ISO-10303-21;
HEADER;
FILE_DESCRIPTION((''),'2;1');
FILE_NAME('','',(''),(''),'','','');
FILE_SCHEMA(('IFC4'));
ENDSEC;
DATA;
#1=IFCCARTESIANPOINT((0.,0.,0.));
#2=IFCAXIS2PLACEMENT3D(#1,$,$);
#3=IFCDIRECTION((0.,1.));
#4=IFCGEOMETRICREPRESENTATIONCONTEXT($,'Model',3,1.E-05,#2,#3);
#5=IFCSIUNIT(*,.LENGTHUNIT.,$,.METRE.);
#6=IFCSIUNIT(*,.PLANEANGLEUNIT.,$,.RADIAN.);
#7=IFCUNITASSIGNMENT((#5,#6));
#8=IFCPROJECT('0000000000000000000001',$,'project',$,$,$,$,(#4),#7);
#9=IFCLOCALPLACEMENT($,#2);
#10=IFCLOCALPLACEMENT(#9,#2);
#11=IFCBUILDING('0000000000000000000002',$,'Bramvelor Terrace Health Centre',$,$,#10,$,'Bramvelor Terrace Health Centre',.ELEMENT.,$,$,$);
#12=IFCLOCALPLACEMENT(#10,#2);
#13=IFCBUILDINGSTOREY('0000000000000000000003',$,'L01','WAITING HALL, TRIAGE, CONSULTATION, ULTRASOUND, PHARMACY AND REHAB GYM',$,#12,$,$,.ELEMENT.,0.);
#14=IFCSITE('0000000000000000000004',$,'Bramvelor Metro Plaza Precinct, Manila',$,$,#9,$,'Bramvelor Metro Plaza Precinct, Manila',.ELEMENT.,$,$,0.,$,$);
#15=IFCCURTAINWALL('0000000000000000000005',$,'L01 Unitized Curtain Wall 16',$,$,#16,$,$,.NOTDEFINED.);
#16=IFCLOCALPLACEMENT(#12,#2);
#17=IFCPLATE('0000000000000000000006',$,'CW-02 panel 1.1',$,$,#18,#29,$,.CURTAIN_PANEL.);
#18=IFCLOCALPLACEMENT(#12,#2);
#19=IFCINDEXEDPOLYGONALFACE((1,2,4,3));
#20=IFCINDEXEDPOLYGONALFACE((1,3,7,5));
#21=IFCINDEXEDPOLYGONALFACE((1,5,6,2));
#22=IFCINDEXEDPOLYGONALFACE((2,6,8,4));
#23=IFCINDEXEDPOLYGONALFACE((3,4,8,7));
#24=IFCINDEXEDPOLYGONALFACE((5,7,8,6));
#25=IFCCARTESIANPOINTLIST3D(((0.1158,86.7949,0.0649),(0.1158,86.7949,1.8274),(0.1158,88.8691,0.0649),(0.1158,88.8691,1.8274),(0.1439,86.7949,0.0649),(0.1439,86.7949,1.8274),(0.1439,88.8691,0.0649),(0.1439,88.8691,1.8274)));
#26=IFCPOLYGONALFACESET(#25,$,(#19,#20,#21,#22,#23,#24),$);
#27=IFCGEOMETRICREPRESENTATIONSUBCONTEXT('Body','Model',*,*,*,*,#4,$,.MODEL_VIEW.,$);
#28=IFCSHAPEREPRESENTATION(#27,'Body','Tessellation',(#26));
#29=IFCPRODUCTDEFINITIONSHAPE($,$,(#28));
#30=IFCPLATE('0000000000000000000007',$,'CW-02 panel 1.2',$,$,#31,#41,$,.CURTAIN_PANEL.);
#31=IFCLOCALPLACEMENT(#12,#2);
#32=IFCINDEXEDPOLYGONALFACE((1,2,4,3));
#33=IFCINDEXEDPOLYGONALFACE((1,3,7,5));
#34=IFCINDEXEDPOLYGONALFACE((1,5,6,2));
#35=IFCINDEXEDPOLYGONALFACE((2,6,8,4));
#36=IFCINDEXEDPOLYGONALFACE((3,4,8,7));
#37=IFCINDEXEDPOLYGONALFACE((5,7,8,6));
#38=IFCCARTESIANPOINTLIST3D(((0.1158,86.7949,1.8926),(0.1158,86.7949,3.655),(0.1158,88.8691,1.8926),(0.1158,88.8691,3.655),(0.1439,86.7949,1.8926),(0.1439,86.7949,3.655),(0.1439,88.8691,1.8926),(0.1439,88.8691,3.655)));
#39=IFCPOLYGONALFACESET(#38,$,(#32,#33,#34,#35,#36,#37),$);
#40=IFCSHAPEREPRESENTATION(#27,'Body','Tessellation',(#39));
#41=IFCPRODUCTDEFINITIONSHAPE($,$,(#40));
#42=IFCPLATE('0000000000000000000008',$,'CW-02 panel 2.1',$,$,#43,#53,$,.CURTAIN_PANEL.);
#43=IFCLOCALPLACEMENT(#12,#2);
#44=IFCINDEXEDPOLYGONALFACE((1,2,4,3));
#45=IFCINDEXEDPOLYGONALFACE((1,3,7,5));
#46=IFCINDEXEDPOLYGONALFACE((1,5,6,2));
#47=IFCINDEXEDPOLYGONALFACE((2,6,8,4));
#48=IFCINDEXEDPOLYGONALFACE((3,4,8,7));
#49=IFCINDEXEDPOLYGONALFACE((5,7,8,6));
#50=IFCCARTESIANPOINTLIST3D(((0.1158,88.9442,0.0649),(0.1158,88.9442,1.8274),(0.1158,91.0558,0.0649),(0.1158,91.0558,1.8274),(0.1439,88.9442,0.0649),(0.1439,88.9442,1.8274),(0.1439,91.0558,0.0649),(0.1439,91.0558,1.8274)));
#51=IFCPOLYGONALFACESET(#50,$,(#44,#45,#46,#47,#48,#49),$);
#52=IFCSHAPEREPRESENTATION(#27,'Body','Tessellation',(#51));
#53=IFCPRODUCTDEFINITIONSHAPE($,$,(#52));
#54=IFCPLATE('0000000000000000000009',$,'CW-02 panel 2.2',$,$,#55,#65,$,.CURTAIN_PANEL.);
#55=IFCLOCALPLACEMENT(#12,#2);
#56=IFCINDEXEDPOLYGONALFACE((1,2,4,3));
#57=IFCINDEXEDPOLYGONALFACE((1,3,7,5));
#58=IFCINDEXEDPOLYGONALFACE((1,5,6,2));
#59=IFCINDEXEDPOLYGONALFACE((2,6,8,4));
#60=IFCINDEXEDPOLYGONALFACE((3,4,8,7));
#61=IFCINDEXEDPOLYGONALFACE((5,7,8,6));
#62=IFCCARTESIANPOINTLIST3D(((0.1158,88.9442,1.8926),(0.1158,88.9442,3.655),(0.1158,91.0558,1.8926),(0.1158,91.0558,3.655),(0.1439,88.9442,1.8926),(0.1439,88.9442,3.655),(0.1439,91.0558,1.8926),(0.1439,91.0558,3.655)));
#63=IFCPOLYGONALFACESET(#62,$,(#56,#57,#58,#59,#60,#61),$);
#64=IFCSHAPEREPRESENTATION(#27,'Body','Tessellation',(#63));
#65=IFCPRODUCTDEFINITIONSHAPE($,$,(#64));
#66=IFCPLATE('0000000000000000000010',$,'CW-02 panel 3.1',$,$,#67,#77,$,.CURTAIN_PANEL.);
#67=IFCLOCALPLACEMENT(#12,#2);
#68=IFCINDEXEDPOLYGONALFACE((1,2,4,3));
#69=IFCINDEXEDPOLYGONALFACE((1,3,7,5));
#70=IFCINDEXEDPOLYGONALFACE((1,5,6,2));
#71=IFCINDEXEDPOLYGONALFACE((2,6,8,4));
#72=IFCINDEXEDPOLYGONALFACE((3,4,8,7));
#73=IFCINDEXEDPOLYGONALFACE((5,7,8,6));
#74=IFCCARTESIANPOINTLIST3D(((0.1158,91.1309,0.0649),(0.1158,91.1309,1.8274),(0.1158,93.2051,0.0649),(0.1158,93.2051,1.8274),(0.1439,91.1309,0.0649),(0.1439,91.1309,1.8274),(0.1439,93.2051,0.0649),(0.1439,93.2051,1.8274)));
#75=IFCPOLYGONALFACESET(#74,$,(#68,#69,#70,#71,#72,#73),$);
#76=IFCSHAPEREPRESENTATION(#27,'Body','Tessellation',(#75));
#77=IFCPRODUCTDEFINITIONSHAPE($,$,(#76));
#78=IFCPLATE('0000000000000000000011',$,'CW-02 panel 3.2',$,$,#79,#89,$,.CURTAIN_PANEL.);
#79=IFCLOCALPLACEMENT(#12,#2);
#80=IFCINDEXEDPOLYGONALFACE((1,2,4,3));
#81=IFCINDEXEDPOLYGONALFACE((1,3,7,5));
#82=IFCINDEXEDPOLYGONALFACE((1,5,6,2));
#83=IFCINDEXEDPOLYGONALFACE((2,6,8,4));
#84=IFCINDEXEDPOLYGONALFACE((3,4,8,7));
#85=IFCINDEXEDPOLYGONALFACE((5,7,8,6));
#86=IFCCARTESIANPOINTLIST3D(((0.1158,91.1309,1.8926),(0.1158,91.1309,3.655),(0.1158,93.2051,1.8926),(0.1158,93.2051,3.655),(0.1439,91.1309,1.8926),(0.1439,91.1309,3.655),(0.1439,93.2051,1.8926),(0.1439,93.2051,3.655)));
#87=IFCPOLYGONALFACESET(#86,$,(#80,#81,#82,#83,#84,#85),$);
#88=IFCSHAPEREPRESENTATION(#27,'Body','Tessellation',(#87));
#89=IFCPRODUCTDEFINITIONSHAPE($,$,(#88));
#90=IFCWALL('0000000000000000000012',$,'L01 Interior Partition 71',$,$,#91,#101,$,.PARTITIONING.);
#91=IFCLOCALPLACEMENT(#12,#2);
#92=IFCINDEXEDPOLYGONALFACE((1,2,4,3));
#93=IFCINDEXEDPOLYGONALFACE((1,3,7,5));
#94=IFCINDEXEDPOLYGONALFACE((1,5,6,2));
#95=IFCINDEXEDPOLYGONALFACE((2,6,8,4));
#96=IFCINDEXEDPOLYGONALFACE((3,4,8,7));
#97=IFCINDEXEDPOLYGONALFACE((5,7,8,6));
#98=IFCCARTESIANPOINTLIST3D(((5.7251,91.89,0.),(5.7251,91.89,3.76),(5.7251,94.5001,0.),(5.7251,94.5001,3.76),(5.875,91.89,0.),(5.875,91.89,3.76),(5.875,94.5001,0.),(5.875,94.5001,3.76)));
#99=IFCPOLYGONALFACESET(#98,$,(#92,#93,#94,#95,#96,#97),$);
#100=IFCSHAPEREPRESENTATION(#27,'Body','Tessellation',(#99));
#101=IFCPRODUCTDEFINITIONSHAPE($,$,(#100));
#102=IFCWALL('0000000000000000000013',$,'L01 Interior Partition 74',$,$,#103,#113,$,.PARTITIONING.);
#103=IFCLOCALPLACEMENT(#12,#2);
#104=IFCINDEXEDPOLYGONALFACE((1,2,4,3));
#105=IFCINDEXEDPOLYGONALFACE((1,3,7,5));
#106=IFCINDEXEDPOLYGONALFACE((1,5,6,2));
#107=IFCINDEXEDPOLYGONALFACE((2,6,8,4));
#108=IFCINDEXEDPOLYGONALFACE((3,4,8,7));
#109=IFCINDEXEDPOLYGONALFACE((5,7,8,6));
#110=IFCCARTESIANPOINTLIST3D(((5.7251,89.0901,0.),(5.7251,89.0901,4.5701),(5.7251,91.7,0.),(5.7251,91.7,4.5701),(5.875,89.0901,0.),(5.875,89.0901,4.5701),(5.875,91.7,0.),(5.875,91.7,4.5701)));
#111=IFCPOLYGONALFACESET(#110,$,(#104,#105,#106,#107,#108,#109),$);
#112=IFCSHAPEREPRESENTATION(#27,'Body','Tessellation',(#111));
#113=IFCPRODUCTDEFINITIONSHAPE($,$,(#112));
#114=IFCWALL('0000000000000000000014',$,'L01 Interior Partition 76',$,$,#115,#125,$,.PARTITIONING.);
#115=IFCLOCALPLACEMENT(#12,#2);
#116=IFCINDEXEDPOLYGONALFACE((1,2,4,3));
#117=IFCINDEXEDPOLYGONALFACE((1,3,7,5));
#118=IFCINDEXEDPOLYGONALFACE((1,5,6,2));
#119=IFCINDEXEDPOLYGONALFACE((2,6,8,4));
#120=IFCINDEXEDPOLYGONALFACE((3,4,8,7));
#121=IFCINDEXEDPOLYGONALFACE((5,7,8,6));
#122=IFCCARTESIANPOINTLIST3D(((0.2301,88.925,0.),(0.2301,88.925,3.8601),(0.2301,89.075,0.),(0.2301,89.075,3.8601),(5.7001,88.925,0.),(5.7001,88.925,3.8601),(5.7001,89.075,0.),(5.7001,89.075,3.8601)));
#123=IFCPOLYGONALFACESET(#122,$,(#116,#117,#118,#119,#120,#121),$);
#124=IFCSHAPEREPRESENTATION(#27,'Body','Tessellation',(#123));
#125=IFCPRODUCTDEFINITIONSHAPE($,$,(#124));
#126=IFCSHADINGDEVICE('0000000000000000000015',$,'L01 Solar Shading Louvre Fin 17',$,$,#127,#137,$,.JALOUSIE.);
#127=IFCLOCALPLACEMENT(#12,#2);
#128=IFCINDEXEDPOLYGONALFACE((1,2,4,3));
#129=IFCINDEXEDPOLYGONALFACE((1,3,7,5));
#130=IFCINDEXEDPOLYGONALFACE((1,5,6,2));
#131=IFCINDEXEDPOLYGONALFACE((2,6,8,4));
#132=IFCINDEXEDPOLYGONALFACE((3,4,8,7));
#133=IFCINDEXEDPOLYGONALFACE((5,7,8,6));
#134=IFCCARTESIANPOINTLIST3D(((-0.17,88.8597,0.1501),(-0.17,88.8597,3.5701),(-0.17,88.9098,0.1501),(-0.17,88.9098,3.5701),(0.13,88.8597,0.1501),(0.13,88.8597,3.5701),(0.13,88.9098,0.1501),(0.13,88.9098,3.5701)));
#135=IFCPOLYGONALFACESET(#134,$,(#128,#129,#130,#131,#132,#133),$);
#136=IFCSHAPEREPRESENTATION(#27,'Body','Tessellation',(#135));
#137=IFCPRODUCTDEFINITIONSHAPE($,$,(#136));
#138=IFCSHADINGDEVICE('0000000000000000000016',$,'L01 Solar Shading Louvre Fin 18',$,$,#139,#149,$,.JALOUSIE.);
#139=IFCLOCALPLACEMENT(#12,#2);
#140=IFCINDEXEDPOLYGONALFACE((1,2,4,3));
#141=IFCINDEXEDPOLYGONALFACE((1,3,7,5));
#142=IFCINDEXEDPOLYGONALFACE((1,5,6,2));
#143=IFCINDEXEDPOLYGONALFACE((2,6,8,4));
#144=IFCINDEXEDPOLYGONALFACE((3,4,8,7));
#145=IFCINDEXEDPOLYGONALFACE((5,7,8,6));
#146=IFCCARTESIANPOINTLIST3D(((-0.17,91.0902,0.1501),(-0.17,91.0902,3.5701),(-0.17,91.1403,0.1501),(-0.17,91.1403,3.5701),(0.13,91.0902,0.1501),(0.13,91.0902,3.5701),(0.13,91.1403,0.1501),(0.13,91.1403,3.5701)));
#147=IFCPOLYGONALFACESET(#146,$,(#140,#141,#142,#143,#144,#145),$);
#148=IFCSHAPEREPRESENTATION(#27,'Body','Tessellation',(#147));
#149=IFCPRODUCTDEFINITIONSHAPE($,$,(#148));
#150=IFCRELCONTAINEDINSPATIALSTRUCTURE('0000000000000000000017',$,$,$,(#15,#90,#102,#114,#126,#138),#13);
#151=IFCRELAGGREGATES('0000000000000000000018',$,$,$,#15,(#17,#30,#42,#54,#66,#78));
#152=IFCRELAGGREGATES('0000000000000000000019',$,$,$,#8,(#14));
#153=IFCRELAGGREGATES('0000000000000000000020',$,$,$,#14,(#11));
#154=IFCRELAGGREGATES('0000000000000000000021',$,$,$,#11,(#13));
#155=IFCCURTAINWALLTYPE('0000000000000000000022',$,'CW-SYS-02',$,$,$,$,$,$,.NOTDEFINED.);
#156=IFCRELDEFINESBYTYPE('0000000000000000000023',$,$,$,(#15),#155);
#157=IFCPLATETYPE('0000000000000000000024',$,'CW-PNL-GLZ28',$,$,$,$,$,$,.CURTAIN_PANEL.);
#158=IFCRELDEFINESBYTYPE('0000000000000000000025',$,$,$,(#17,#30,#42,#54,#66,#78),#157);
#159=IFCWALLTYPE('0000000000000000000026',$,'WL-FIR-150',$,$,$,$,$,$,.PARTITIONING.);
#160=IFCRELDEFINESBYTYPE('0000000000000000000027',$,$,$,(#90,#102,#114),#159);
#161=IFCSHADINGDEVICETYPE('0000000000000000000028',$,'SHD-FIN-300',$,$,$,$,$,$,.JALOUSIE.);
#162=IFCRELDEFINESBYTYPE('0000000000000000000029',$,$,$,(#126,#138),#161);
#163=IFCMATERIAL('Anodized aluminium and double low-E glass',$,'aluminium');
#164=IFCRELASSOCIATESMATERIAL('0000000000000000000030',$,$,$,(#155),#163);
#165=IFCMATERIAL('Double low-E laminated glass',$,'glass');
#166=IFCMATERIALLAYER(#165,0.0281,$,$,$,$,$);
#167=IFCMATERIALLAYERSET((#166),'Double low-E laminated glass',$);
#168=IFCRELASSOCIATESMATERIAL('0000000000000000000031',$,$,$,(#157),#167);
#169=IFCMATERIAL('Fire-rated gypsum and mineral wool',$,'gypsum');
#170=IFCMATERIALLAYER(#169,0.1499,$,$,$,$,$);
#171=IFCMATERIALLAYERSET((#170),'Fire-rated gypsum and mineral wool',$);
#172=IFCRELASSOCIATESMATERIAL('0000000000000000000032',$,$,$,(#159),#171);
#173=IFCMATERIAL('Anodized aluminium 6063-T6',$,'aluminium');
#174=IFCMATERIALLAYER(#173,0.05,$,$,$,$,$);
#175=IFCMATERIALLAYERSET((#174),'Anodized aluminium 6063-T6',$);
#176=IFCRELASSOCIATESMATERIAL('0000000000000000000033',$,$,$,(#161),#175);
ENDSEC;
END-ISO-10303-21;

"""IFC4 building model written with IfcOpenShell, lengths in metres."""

from ifc_helpers import new_model, si_unit, direction, frame, frame_2d, origin, origin_2d, place, context, subcontext, project, spatial, rectangle, extrude, material, layer, layer_set, type_object, element, aggregate, save


model = new_model("IFC4")

# Units and contexts
model_context = context("Model", 3, precision=1e-05, world=origin(), true_north=direction((0.0, 1.0)))
body_context = subcontext(model_context, "Body", "Model", "MODEL_VIEW")
ifc_project = project(units=[si_unit("LENGTHUNIT", "METRE"), si_unit("PLANEANGLEUNIT", "RADIAN")], contexts=[model_context])

# Site, building, storey
site_placement = place(None, origin())
site = spatial("IfcSite", under=ifc_project, at=site_placement, Name="Bramvelor Metro Plaza Precinct, Manila", LongName="Bramvelor Metro Plaza Precinct, Manila", CompositionType="ELEMENT", RefElevation=0.0)
building_placement = place(site_placement, origin())
building = spatial("IfcBuilding", under=site, at=building_placement, Name="Bramvelor Terrace Health Centre", LongName="Bramvelor Terrace Health Centre", CompositionType="ELEMENT")
storey_placement = place(building_placement, origin())
storey = spatial("IfcBuildingStorey", under=building, at=storey_placement, Name="L01", Description="WAITING HALL, TRIAGE, CONSULTATION, ULTRASOUND, PHARMACY AND REHAB GYM", CompositionType="ELEMENT", Elevation=0.0)

# Curtain wall, plates
ifc_material_1 = material(Name="Anodized aluminium and double low-E glass", Category="aluminium")
curtain_wall_type = type_object("IfcCurtainWallType", Name="CW-SYS-02", PredefinedType="NOTDEFINED", material=ifc_material_1)
curtain_wall_placement = place(storey_placement, origin())
curtain_wall = element("IfcCurtainWall", 1, at=curtain_wall_placement, inside=storey, type_object=curtain_wall_type, Name="L01 Unitized Curtain Wall 16", PredefinedType="NOTDEFINED")
ifc_material_2 = material(Name="Double low-E laminated glass", Category="glass")
ifc_layer_1 = layer(ifc_material_2, 0.0281)
ifc_layer_set_1 = layer_set([ifc_layer_1], Name="Double low-E laminated glass")
plate_type = type_object("IfcPlateType", Name="CW-PNL-GLZ28", PredefinedType="CURTAIN_PANEL", material=ifc_layer_set_1)
plate_1_placement = place(storey_placement, frame((0.1299, 87.832, 0.0649), z_axis=(0.0, 0.0, 1.0), x_axis=(0.0, 1.0, 0.0)))
plate_1 = element("IfcPlate", 2, at=plate_1_placement, type_object=plate_type, Name="CW-02 panel 1.1", PredefinedType="CURTAIN_PANEL", context=body_context, shape_type="SweptSolid", body=[
    extrude(rectangle(XDim=2.0742, YDim=0.0281, at=origin_2d()), origin(), (0.0, 0.0, 1.0), 1.7625),
])
plate_2_placement = place(storey_placement, frame((0.1299, 87.832, 1.8926), z_axis=(0.0, 0.0, 1.0), x_axis=(0.0, 1.0, 0.0)))
plate_2 = element("IfcPlate", 3, at=plate_2_placement, type_object=plate_type, Name="CW-02 panel 1.2", PredefinedType="CURTAIN_PANEL", context=body_context, shape_type="SweptSolid", body=[
    extrude(rectangle(XDim=2.0742, YDim=0.0281, at=origin_2d()), origin(), (0.0, 0.0, 1.0), 1.7625),
])
plate_3_placement = place(storey_placement, frame((0.1299, 90.0, 0.0649), z_axis=(0.0, 0.0, 1.0), x_axis=(0.0, 1.0, 0.0)))
plate_3 = element("IfcPlate", 4, at=plate_3_placement, type_object=plate_type, Name="CW-02 panel 2.1", PredefinedType="CURTAIN_PANEL", context=body_context, shape_type="SweptSolid", body=[
    extrude(rectangle(XDim=2.1116, YDim=0.0281, at=origin_2d()), origin(), (0.0, 0.0, 1.0), 1.7625),
])
plate_4_placement = place(storey_placement, frame((0.1299, 90.0, 1.8926), z_axis=(0.0, 0.0, 1.0), x_axis=(0.0, 1.0, 0.0)))
plate_4 = element("IfcPlate", 5, at=plate_4_placement, type_object=plate_type, Name="CW-02 panel 2.2", PredefinedType="CURTAIN_PANEL", context=body_context, shape_type="SweptSolid", body=[
    extrude(rectangle(XDim=2.1116, YDim=0.0281, at=origin_2d()), origin(), (0.0, 0.0, 1.0), 1.7625),
])
plate_5_placement = place(storey_placement, frame((0.1299, 92.168, 0.0649), z_axis=(0.0, 0.0, 1.0), x_axis=(0.0, 1.0, 0.0)))
plate_5 = element("IfcPlate", 6, at=plate_5_placement, type_object=plate_type, Name="CW-02 panel 3.1", PredefinedType="CURTAIN_PANEL", context=body_context, shape_type="SweptSolid", body=[
    extrude(rectangle(XDim=2.0742, YDim=0.0281, at=origin_2d()), origin(), (0.0, 0.0, 1.0), 1.7625),
])
plate_6_placement = place(storey_placement, frame((0.1299, 92.168, 1.8926), z_axis=(0.0, 0.0, 1.0), x_axis=(0.0, 1.0, 0.0)))
plate_6 = element("IfcPlate", 7, at=plate_6_placement, type_object=plate_type, Name="CW-02 panel 3.2", PredefinedType="CURTAIN_PANEL", context=body_context, shape_type="SweptSolid", body=[
    extrude(rectangle(XDim=2.0742, YDim=0.0281, at=origin_2d()), origin(), (0.0, 0.0, 1.0), 1.7625),
])
aggregate(curtain_wall, [plate_1, plate_2, plate_3, plate_4, plate_5, plate_6])

# Walls
ifc_material_3 = material(Name="Fire-rated gypsum and mineral wool", Category="gypsum")
ifc_layer_2 = layer(ifc_material_3, 0.1499)
ifc_layer_set_2 = layer_set([ifc_layer_2], Name="Fire-rated gypsum and mineral wool")
wall_type = type_object("IfcWallType", Name="WL-FIR-150", PredefinedType="PARTITIONING", material=ifc_layer_set_2)
wall_1_placement = place(storey_placement, frame((5.8, 91.8899, 0.0), z_axis=(0.0, 0.0, 1.0), x_axis=(0.0, 1.0, 0.0)))
element("IfcWall", 8, at=wall_1_placement, inside=storey, type_object=wall_type, Name="L01 Interior Partition 71", PredefinedType="PARTITIONING", context=body_context, shape_type="SweptSolid", body=[
    extrude(rectangle(XDim=2.6101, YDim=0.1499, at=frame_2d((1.3052, 0.0))), origin(), (0.0, 0.0, 1.0), 3.76),
])
wall_2_placement = place(storey_placement, frame((5.8, 89.0901, 0.0), z_axis=(0.0, 0.0, 1.0), x_axis=(0.0, 1.0, 0.0)))
element("IfcWall", 9, at=wall_2_placement, inside=storey, type_object=wall_type, Name="L01 Interior Partition 74", PredefinedType="PARTITIONING", context=body_context, shape_type="SweptSolid", body=[
    extrude(rectangle(XDim=2.6099, YDim=0.1499, at=frame_2d((1.3049, 0.0))), origin(), (0.0, 0.0, 1.0), 4.5701),
])
wall_3_placement = place(storey_placement, frame((5.7, 89.0, 0.0), z_axis=(0.0, 0.0, 1.0), x_axis=(-1.0, 0.0, 0.0)))
element("IfcWall", 10, at=wall_3_placement, inside=storey, type_object=wall_type, Name="L01 Interior Partition 76", PredefinedType="PARTITIONING", context=body_context, shape_type="SweptSolid", body=[
    extrude(rectangle(XDim=5.47, YDim=0.1499, at=frame_2d((2.7349, 0.0))), origin(), (0.0, 0.0, 1.0), 3.8601),
])

# Shading devices
ifc_material_4 = material(Name="Anodized aluminium 6063-T6", Category="aluminium")
ifc_layer_3 = layer(ifc_material_4, 0.05)
ifc_layer_set_3 = layer_set([ifc_layer_3], Name="Anodized aluminium 6063-T6")
shading_device_type = type_object("IfcShadingDeviceType", Name="SHD-FIN-300", PredefinedType="JALOUSIE", material=ifc_layer_set_3)
for number, where, z_axis, x_axis, name in (
    (11, (-0.02, 88.8848, 0.1501), (0.0, 0.0, 1.0), (1.0, 0.0, 0.0), "L01 Solar Shading Louvre Fin 17"),
    (12, (-0.02, 91.1152, 0.1501), (0.0, 0.0, 1.0), (1.0, 0.0, 0.0), "L01 Solar Shading Louvre Fin 18"),
):
    element("IfcShadingDevice", number, at=place(storey_placement, frame(where, z_axis=z_axis, x_axis=x_axis)), inside=storey, type_object=shading_device_type, Name=name, PredefinedType="JALOUSIE", context=body_context, shape_type="SweptSolid", body=[
        extrude(rectangle(XDim=0.3, YDim=0.05, at=origin_2d()), origin(), (0.0, 0.0, 1.0), 3.4199),
    ])

save(model, "model.ifc")
